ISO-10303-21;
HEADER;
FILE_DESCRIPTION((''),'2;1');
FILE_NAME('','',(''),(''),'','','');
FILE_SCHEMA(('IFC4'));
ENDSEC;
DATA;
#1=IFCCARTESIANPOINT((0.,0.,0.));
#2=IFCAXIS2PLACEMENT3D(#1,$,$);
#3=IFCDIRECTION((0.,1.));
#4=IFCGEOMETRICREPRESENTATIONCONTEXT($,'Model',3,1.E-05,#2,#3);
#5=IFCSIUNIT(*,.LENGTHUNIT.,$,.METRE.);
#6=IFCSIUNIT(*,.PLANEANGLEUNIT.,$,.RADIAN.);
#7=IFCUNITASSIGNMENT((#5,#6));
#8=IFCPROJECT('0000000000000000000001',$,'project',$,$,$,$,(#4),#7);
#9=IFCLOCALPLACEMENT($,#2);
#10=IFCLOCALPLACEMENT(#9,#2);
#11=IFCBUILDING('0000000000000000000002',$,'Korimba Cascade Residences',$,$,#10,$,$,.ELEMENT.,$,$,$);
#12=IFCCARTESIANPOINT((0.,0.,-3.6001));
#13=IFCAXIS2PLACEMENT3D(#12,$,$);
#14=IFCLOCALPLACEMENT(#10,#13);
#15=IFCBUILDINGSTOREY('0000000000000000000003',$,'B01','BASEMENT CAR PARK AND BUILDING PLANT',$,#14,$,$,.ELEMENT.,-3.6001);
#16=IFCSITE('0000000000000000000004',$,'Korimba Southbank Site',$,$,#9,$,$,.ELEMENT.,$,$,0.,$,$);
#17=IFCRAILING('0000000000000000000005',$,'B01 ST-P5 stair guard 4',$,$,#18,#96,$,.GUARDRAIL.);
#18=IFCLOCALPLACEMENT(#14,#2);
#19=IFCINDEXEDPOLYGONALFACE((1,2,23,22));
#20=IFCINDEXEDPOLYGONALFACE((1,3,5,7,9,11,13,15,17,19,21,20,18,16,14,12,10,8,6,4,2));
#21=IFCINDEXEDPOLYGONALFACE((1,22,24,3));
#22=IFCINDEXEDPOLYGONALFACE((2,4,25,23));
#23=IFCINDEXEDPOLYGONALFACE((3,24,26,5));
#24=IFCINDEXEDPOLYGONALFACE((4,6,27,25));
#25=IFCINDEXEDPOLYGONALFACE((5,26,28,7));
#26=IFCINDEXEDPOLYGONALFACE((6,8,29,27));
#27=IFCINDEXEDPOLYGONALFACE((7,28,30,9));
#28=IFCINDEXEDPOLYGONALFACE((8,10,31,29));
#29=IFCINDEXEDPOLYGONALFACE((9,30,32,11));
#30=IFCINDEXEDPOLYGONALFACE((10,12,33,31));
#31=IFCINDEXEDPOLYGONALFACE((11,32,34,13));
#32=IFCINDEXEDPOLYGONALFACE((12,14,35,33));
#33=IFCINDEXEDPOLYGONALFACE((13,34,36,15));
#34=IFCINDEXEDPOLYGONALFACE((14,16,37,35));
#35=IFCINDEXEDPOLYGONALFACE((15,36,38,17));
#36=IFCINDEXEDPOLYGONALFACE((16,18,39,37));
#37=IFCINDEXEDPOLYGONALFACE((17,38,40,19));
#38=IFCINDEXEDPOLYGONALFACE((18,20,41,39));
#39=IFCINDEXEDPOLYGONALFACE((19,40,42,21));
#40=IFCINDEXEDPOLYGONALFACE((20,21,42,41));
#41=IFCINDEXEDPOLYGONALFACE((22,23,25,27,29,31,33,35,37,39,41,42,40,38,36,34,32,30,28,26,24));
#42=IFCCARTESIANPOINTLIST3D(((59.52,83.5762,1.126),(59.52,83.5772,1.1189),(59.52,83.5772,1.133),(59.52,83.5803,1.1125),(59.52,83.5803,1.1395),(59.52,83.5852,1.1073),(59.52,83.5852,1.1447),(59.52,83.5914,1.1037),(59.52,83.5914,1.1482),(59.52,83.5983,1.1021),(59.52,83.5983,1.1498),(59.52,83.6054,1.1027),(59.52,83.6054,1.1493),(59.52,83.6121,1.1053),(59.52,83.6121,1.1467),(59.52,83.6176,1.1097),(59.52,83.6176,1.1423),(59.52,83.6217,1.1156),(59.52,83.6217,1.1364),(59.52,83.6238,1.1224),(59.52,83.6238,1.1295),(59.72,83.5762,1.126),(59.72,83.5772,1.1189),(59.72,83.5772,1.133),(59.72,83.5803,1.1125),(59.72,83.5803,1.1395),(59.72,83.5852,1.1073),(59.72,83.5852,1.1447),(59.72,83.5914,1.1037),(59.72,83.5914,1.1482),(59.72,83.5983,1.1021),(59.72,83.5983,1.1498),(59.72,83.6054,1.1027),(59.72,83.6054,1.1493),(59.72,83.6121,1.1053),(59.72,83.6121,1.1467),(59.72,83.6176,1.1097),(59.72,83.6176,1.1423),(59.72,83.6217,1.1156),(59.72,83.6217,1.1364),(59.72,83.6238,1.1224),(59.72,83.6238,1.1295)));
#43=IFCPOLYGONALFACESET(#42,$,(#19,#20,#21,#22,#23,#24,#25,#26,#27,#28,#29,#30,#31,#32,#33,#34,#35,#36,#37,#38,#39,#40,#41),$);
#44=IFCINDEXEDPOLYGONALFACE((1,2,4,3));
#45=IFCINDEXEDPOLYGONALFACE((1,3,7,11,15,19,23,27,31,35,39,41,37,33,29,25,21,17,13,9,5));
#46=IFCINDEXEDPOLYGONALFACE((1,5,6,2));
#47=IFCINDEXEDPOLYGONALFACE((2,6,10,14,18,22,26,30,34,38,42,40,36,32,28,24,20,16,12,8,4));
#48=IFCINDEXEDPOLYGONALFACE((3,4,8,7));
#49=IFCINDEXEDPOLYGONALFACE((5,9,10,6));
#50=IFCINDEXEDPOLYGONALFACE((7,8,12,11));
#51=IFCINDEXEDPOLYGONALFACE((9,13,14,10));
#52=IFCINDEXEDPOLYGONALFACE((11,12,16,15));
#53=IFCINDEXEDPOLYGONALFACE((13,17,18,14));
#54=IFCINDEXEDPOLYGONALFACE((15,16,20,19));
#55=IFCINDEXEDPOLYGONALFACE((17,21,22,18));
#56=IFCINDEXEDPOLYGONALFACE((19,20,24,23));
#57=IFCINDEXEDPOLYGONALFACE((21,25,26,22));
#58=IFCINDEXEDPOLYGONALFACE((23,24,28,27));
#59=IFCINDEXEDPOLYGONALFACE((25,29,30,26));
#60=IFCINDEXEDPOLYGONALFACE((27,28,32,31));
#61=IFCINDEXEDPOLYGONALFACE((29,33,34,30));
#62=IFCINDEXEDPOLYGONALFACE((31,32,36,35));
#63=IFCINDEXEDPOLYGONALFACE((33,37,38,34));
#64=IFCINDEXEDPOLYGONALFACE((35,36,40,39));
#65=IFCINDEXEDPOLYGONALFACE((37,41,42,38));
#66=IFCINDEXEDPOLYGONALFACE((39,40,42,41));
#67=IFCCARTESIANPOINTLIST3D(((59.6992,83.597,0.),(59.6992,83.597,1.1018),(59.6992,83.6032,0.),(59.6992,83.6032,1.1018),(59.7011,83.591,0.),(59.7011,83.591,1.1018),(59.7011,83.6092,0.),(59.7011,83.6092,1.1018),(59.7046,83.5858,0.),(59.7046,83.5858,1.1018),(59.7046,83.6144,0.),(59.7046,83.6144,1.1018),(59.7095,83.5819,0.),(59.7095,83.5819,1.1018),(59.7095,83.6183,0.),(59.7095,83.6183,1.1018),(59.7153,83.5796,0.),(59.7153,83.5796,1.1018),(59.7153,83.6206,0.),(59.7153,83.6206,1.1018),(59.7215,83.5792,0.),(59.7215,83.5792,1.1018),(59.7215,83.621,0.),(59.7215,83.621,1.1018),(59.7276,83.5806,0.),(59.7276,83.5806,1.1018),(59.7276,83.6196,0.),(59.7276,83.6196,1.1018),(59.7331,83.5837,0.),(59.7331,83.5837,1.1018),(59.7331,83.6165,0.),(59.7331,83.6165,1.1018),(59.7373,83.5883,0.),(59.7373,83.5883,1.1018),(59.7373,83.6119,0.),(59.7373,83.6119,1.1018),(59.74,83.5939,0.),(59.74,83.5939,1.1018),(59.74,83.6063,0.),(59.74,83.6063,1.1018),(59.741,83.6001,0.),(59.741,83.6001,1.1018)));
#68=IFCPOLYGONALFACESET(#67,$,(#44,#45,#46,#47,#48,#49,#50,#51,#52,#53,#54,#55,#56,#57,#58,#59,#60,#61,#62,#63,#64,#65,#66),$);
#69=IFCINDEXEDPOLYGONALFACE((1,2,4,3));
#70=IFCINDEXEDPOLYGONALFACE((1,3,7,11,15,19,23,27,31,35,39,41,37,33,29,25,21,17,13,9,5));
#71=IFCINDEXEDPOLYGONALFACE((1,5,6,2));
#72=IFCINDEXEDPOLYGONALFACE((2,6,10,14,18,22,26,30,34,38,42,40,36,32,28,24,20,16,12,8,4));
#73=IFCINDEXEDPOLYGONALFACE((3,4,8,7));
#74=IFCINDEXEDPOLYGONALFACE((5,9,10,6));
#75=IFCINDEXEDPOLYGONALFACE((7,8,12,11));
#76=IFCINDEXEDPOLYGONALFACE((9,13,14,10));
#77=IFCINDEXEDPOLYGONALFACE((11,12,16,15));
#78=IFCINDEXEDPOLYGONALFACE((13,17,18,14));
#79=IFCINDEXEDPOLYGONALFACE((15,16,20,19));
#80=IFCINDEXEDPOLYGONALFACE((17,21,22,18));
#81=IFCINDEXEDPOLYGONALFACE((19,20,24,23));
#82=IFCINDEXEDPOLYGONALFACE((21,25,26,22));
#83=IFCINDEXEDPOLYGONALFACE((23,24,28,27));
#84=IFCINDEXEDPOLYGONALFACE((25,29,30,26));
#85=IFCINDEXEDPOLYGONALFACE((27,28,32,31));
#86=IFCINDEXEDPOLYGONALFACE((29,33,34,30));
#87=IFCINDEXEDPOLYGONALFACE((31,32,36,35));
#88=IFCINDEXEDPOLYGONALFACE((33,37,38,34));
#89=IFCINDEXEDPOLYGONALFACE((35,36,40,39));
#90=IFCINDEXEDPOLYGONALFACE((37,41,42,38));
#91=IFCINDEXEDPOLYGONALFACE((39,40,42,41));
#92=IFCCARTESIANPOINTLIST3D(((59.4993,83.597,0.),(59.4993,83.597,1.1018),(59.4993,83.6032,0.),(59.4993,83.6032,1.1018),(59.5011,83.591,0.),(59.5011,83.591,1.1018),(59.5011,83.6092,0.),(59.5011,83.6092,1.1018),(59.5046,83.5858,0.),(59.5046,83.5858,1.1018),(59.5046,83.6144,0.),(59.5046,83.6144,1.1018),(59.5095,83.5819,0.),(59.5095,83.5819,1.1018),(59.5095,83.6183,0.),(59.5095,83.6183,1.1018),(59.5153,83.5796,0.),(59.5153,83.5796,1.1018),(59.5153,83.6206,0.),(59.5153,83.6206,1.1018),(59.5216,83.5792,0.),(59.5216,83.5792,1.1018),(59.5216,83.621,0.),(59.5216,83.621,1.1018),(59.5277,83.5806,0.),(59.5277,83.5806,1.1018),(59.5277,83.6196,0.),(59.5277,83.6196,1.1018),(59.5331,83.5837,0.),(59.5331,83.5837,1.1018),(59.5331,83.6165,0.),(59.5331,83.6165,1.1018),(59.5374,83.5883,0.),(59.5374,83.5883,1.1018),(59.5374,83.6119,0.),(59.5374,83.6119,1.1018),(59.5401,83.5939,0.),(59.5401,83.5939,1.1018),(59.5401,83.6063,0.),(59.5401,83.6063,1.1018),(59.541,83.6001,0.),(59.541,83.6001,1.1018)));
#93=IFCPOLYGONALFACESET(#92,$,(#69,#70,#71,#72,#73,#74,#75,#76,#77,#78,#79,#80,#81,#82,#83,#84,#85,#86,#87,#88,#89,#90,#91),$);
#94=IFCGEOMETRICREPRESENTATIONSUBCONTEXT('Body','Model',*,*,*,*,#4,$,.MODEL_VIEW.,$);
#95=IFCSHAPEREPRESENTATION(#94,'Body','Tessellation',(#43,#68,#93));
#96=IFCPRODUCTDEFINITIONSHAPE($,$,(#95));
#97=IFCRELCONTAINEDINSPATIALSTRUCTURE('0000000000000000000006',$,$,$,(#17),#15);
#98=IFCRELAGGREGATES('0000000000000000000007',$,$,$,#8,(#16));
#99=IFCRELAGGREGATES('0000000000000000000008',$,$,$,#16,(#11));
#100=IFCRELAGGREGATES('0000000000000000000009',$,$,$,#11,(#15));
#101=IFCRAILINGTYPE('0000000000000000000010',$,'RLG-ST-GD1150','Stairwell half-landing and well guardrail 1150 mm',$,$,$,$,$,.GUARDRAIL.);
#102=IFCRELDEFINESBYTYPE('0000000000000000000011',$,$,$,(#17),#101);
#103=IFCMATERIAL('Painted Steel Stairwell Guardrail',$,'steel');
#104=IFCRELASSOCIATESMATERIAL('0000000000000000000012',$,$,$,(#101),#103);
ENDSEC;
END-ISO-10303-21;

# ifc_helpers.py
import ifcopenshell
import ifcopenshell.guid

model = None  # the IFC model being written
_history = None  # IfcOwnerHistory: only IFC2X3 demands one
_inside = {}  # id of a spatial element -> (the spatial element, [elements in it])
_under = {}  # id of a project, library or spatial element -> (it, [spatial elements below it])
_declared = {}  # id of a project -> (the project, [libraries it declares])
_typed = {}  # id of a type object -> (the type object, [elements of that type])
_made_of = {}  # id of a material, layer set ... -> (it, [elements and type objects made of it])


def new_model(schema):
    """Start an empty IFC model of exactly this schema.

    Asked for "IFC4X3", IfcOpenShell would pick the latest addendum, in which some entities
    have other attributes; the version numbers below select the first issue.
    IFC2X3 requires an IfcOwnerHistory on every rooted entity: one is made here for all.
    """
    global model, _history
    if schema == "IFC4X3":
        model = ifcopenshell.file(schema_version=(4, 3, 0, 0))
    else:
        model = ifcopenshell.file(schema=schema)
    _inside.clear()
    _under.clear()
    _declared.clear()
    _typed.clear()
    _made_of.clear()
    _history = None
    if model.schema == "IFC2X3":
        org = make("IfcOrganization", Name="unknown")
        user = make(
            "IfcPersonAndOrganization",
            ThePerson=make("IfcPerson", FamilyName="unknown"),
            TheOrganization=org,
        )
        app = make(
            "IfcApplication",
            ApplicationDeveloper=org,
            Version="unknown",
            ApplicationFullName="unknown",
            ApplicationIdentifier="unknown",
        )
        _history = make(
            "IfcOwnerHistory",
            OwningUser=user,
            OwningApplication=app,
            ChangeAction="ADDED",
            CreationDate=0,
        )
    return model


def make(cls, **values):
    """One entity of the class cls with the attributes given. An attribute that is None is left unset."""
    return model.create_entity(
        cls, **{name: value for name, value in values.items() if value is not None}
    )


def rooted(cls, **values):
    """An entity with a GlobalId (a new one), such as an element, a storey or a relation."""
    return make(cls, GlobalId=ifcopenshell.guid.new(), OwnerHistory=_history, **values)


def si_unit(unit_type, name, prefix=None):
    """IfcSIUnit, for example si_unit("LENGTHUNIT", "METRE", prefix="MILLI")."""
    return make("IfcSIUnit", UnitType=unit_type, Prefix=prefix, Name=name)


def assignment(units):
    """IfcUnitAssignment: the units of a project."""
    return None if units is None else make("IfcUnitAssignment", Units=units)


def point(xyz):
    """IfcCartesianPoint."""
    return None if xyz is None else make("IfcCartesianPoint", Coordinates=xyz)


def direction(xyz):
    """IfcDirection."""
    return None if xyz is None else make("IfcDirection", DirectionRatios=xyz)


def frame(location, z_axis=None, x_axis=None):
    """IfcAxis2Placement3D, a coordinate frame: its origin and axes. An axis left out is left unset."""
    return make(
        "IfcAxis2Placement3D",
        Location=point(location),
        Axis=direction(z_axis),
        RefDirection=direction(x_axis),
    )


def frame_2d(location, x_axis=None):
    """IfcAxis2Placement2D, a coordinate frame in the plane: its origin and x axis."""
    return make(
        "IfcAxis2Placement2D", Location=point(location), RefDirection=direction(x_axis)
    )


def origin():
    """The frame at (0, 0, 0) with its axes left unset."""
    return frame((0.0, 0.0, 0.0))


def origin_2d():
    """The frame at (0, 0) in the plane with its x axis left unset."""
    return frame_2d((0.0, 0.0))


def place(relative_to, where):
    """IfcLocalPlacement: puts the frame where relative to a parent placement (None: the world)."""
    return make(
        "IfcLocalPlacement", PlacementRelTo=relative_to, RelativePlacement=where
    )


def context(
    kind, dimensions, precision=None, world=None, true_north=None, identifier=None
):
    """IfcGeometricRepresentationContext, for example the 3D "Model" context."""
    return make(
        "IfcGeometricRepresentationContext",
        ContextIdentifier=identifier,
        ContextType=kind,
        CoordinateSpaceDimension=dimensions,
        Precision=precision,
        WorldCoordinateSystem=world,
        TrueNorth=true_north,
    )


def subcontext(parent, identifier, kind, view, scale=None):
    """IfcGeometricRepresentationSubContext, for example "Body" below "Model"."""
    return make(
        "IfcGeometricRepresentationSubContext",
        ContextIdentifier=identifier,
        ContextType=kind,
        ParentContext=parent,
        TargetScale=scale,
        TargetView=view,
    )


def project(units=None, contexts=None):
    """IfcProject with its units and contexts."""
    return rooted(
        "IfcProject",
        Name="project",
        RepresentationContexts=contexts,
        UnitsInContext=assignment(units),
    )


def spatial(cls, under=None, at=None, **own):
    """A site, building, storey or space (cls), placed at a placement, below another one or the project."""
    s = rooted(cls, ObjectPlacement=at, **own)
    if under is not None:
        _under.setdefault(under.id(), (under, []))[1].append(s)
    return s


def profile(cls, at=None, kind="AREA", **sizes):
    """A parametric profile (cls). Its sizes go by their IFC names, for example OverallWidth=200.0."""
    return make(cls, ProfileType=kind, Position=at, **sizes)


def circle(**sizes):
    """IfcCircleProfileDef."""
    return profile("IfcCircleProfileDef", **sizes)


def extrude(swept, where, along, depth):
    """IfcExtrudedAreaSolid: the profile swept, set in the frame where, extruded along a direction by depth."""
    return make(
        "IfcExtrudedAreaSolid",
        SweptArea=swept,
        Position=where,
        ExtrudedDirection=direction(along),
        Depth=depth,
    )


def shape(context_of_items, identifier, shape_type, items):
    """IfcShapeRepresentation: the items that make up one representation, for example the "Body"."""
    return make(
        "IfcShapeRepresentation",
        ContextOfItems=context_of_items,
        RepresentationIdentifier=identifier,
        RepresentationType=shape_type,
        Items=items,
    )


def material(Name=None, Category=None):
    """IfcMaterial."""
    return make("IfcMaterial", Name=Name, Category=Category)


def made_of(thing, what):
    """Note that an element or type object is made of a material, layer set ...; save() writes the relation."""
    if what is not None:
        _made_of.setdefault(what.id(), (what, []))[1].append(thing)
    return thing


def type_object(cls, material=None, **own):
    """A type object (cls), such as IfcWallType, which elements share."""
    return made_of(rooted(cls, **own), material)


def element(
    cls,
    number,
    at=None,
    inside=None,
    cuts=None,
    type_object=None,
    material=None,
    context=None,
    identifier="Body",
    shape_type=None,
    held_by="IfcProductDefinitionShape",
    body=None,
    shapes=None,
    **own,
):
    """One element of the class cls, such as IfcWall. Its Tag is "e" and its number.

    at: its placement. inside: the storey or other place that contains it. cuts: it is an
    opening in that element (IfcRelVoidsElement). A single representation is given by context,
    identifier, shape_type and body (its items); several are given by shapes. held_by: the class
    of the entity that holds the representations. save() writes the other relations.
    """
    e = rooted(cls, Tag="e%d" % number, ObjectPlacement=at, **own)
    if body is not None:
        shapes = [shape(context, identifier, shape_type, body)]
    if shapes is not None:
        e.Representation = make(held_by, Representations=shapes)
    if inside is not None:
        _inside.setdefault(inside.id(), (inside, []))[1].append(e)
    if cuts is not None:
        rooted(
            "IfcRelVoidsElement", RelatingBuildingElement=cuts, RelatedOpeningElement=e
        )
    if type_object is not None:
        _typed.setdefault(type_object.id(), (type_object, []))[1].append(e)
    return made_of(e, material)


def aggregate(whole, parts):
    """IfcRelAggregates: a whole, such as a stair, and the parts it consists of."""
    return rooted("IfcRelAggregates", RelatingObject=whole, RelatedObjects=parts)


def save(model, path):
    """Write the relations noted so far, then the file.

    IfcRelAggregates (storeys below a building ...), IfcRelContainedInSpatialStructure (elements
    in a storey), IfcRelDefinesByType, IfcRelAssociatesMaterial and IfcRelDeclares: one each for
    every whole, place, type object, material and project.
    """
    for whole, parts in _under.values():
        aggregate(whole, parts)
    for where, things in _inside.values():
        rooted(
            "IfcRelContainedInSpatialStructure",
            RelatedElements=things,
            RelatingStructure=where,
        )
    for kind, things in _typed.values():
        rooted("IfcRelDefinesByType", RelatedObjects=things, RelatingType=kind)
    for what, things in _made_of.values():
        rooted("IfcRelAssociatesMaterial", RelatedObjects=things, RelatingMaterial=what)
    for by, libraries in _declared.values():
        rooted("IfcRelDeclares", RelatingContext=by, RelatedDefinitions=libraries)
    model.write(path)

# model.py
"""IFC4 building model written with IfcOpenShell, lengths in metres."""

from ifc_helpers import new_model, si_unit, direction, frame, origin, origin_2d, place, context, subcontext, project, spatial, circle, extrude, material, type_object, element, save


model = new_model("IFC4")

# Units and contexts
model_context = context("Model", 3, precision=1e-05, world=origin(), true_north=direction((0.0, 1.0)))
body_context = subcontext(model_context, "Body", "Model", "MODEL_VIEW")
ifc_project = project(units=[si_unit("LENGTHUNIT", "METRE"), si_unit("PLANEANGLEUNIT", "RADIAN")], contexts=[model_context])

# Site, building, storey
site_placement = place(None, origin())
site = spatial("IfcSite", under=ifc_project, at=site_placement, Name="Korimba Southbank Site", CompositionType="ELEMENT", RefElevation=0.0)
building_placement = place(site_placement, origin())
building = spatial("IfcBuilding", under=site, at=building_placement, Name="Korimba Cascade Residences", CompositionType="ELEMENT")
storey_placement = place(building_placement, frame((0.0, 0.0, -3.6001)))
storey = spatial("IfcBuildingStorey", under=building, at=storey_placement, Name="B01", Description="BASEMENT CAR PARK AND BUILDING PLANT", CompositionType="ELEMENT", Elevation=-3.6001)

# Railing
ifc_material_1 = material(Name="Painted Steel Stairwell Guardrail", Category="steel")
railing_type_1 = type_object("IfcRailingType", Name="RLG-ST-GD1150", Description="Stairwell half-landing and well guardrail 1150 mm", PredefinedType="GUARDRAIL", material=ifc_material_1)
railing_1_placement = place(storey_placement, frame((59.72, 83.6001, 0.0)))
element("IfcRailing", 1, at=railing_1_placement, inside=storey, type_object=railing_type_1, Name="B01 ST-P5 stair guard 4", PredefinedType="GUARDRAIL", context=body_context, shape_type="SweptSolid", body=[
    extrude(circle(Radius=0.0239, at=origin_2d()), frame((0.0, 0.0, 1.126), z_axis=(-1.0, 0.0, 0.0), x_axis=(0.0, -1.0, 0.0)), (0.0, 0.0, 1.0), 0.2),
    extrude(circle(Radius=0.021, at=origin_2d()), origin(), (0.0, 0.0, 1.0), 1.1018),
    extrude(circle(Radius=0.021, at=origin_2d()), frame((-0.2, 0.0, 0.0)), (0.0, 0.0, 1.0), 1.1018),
])

save(model, "model.ifc")
